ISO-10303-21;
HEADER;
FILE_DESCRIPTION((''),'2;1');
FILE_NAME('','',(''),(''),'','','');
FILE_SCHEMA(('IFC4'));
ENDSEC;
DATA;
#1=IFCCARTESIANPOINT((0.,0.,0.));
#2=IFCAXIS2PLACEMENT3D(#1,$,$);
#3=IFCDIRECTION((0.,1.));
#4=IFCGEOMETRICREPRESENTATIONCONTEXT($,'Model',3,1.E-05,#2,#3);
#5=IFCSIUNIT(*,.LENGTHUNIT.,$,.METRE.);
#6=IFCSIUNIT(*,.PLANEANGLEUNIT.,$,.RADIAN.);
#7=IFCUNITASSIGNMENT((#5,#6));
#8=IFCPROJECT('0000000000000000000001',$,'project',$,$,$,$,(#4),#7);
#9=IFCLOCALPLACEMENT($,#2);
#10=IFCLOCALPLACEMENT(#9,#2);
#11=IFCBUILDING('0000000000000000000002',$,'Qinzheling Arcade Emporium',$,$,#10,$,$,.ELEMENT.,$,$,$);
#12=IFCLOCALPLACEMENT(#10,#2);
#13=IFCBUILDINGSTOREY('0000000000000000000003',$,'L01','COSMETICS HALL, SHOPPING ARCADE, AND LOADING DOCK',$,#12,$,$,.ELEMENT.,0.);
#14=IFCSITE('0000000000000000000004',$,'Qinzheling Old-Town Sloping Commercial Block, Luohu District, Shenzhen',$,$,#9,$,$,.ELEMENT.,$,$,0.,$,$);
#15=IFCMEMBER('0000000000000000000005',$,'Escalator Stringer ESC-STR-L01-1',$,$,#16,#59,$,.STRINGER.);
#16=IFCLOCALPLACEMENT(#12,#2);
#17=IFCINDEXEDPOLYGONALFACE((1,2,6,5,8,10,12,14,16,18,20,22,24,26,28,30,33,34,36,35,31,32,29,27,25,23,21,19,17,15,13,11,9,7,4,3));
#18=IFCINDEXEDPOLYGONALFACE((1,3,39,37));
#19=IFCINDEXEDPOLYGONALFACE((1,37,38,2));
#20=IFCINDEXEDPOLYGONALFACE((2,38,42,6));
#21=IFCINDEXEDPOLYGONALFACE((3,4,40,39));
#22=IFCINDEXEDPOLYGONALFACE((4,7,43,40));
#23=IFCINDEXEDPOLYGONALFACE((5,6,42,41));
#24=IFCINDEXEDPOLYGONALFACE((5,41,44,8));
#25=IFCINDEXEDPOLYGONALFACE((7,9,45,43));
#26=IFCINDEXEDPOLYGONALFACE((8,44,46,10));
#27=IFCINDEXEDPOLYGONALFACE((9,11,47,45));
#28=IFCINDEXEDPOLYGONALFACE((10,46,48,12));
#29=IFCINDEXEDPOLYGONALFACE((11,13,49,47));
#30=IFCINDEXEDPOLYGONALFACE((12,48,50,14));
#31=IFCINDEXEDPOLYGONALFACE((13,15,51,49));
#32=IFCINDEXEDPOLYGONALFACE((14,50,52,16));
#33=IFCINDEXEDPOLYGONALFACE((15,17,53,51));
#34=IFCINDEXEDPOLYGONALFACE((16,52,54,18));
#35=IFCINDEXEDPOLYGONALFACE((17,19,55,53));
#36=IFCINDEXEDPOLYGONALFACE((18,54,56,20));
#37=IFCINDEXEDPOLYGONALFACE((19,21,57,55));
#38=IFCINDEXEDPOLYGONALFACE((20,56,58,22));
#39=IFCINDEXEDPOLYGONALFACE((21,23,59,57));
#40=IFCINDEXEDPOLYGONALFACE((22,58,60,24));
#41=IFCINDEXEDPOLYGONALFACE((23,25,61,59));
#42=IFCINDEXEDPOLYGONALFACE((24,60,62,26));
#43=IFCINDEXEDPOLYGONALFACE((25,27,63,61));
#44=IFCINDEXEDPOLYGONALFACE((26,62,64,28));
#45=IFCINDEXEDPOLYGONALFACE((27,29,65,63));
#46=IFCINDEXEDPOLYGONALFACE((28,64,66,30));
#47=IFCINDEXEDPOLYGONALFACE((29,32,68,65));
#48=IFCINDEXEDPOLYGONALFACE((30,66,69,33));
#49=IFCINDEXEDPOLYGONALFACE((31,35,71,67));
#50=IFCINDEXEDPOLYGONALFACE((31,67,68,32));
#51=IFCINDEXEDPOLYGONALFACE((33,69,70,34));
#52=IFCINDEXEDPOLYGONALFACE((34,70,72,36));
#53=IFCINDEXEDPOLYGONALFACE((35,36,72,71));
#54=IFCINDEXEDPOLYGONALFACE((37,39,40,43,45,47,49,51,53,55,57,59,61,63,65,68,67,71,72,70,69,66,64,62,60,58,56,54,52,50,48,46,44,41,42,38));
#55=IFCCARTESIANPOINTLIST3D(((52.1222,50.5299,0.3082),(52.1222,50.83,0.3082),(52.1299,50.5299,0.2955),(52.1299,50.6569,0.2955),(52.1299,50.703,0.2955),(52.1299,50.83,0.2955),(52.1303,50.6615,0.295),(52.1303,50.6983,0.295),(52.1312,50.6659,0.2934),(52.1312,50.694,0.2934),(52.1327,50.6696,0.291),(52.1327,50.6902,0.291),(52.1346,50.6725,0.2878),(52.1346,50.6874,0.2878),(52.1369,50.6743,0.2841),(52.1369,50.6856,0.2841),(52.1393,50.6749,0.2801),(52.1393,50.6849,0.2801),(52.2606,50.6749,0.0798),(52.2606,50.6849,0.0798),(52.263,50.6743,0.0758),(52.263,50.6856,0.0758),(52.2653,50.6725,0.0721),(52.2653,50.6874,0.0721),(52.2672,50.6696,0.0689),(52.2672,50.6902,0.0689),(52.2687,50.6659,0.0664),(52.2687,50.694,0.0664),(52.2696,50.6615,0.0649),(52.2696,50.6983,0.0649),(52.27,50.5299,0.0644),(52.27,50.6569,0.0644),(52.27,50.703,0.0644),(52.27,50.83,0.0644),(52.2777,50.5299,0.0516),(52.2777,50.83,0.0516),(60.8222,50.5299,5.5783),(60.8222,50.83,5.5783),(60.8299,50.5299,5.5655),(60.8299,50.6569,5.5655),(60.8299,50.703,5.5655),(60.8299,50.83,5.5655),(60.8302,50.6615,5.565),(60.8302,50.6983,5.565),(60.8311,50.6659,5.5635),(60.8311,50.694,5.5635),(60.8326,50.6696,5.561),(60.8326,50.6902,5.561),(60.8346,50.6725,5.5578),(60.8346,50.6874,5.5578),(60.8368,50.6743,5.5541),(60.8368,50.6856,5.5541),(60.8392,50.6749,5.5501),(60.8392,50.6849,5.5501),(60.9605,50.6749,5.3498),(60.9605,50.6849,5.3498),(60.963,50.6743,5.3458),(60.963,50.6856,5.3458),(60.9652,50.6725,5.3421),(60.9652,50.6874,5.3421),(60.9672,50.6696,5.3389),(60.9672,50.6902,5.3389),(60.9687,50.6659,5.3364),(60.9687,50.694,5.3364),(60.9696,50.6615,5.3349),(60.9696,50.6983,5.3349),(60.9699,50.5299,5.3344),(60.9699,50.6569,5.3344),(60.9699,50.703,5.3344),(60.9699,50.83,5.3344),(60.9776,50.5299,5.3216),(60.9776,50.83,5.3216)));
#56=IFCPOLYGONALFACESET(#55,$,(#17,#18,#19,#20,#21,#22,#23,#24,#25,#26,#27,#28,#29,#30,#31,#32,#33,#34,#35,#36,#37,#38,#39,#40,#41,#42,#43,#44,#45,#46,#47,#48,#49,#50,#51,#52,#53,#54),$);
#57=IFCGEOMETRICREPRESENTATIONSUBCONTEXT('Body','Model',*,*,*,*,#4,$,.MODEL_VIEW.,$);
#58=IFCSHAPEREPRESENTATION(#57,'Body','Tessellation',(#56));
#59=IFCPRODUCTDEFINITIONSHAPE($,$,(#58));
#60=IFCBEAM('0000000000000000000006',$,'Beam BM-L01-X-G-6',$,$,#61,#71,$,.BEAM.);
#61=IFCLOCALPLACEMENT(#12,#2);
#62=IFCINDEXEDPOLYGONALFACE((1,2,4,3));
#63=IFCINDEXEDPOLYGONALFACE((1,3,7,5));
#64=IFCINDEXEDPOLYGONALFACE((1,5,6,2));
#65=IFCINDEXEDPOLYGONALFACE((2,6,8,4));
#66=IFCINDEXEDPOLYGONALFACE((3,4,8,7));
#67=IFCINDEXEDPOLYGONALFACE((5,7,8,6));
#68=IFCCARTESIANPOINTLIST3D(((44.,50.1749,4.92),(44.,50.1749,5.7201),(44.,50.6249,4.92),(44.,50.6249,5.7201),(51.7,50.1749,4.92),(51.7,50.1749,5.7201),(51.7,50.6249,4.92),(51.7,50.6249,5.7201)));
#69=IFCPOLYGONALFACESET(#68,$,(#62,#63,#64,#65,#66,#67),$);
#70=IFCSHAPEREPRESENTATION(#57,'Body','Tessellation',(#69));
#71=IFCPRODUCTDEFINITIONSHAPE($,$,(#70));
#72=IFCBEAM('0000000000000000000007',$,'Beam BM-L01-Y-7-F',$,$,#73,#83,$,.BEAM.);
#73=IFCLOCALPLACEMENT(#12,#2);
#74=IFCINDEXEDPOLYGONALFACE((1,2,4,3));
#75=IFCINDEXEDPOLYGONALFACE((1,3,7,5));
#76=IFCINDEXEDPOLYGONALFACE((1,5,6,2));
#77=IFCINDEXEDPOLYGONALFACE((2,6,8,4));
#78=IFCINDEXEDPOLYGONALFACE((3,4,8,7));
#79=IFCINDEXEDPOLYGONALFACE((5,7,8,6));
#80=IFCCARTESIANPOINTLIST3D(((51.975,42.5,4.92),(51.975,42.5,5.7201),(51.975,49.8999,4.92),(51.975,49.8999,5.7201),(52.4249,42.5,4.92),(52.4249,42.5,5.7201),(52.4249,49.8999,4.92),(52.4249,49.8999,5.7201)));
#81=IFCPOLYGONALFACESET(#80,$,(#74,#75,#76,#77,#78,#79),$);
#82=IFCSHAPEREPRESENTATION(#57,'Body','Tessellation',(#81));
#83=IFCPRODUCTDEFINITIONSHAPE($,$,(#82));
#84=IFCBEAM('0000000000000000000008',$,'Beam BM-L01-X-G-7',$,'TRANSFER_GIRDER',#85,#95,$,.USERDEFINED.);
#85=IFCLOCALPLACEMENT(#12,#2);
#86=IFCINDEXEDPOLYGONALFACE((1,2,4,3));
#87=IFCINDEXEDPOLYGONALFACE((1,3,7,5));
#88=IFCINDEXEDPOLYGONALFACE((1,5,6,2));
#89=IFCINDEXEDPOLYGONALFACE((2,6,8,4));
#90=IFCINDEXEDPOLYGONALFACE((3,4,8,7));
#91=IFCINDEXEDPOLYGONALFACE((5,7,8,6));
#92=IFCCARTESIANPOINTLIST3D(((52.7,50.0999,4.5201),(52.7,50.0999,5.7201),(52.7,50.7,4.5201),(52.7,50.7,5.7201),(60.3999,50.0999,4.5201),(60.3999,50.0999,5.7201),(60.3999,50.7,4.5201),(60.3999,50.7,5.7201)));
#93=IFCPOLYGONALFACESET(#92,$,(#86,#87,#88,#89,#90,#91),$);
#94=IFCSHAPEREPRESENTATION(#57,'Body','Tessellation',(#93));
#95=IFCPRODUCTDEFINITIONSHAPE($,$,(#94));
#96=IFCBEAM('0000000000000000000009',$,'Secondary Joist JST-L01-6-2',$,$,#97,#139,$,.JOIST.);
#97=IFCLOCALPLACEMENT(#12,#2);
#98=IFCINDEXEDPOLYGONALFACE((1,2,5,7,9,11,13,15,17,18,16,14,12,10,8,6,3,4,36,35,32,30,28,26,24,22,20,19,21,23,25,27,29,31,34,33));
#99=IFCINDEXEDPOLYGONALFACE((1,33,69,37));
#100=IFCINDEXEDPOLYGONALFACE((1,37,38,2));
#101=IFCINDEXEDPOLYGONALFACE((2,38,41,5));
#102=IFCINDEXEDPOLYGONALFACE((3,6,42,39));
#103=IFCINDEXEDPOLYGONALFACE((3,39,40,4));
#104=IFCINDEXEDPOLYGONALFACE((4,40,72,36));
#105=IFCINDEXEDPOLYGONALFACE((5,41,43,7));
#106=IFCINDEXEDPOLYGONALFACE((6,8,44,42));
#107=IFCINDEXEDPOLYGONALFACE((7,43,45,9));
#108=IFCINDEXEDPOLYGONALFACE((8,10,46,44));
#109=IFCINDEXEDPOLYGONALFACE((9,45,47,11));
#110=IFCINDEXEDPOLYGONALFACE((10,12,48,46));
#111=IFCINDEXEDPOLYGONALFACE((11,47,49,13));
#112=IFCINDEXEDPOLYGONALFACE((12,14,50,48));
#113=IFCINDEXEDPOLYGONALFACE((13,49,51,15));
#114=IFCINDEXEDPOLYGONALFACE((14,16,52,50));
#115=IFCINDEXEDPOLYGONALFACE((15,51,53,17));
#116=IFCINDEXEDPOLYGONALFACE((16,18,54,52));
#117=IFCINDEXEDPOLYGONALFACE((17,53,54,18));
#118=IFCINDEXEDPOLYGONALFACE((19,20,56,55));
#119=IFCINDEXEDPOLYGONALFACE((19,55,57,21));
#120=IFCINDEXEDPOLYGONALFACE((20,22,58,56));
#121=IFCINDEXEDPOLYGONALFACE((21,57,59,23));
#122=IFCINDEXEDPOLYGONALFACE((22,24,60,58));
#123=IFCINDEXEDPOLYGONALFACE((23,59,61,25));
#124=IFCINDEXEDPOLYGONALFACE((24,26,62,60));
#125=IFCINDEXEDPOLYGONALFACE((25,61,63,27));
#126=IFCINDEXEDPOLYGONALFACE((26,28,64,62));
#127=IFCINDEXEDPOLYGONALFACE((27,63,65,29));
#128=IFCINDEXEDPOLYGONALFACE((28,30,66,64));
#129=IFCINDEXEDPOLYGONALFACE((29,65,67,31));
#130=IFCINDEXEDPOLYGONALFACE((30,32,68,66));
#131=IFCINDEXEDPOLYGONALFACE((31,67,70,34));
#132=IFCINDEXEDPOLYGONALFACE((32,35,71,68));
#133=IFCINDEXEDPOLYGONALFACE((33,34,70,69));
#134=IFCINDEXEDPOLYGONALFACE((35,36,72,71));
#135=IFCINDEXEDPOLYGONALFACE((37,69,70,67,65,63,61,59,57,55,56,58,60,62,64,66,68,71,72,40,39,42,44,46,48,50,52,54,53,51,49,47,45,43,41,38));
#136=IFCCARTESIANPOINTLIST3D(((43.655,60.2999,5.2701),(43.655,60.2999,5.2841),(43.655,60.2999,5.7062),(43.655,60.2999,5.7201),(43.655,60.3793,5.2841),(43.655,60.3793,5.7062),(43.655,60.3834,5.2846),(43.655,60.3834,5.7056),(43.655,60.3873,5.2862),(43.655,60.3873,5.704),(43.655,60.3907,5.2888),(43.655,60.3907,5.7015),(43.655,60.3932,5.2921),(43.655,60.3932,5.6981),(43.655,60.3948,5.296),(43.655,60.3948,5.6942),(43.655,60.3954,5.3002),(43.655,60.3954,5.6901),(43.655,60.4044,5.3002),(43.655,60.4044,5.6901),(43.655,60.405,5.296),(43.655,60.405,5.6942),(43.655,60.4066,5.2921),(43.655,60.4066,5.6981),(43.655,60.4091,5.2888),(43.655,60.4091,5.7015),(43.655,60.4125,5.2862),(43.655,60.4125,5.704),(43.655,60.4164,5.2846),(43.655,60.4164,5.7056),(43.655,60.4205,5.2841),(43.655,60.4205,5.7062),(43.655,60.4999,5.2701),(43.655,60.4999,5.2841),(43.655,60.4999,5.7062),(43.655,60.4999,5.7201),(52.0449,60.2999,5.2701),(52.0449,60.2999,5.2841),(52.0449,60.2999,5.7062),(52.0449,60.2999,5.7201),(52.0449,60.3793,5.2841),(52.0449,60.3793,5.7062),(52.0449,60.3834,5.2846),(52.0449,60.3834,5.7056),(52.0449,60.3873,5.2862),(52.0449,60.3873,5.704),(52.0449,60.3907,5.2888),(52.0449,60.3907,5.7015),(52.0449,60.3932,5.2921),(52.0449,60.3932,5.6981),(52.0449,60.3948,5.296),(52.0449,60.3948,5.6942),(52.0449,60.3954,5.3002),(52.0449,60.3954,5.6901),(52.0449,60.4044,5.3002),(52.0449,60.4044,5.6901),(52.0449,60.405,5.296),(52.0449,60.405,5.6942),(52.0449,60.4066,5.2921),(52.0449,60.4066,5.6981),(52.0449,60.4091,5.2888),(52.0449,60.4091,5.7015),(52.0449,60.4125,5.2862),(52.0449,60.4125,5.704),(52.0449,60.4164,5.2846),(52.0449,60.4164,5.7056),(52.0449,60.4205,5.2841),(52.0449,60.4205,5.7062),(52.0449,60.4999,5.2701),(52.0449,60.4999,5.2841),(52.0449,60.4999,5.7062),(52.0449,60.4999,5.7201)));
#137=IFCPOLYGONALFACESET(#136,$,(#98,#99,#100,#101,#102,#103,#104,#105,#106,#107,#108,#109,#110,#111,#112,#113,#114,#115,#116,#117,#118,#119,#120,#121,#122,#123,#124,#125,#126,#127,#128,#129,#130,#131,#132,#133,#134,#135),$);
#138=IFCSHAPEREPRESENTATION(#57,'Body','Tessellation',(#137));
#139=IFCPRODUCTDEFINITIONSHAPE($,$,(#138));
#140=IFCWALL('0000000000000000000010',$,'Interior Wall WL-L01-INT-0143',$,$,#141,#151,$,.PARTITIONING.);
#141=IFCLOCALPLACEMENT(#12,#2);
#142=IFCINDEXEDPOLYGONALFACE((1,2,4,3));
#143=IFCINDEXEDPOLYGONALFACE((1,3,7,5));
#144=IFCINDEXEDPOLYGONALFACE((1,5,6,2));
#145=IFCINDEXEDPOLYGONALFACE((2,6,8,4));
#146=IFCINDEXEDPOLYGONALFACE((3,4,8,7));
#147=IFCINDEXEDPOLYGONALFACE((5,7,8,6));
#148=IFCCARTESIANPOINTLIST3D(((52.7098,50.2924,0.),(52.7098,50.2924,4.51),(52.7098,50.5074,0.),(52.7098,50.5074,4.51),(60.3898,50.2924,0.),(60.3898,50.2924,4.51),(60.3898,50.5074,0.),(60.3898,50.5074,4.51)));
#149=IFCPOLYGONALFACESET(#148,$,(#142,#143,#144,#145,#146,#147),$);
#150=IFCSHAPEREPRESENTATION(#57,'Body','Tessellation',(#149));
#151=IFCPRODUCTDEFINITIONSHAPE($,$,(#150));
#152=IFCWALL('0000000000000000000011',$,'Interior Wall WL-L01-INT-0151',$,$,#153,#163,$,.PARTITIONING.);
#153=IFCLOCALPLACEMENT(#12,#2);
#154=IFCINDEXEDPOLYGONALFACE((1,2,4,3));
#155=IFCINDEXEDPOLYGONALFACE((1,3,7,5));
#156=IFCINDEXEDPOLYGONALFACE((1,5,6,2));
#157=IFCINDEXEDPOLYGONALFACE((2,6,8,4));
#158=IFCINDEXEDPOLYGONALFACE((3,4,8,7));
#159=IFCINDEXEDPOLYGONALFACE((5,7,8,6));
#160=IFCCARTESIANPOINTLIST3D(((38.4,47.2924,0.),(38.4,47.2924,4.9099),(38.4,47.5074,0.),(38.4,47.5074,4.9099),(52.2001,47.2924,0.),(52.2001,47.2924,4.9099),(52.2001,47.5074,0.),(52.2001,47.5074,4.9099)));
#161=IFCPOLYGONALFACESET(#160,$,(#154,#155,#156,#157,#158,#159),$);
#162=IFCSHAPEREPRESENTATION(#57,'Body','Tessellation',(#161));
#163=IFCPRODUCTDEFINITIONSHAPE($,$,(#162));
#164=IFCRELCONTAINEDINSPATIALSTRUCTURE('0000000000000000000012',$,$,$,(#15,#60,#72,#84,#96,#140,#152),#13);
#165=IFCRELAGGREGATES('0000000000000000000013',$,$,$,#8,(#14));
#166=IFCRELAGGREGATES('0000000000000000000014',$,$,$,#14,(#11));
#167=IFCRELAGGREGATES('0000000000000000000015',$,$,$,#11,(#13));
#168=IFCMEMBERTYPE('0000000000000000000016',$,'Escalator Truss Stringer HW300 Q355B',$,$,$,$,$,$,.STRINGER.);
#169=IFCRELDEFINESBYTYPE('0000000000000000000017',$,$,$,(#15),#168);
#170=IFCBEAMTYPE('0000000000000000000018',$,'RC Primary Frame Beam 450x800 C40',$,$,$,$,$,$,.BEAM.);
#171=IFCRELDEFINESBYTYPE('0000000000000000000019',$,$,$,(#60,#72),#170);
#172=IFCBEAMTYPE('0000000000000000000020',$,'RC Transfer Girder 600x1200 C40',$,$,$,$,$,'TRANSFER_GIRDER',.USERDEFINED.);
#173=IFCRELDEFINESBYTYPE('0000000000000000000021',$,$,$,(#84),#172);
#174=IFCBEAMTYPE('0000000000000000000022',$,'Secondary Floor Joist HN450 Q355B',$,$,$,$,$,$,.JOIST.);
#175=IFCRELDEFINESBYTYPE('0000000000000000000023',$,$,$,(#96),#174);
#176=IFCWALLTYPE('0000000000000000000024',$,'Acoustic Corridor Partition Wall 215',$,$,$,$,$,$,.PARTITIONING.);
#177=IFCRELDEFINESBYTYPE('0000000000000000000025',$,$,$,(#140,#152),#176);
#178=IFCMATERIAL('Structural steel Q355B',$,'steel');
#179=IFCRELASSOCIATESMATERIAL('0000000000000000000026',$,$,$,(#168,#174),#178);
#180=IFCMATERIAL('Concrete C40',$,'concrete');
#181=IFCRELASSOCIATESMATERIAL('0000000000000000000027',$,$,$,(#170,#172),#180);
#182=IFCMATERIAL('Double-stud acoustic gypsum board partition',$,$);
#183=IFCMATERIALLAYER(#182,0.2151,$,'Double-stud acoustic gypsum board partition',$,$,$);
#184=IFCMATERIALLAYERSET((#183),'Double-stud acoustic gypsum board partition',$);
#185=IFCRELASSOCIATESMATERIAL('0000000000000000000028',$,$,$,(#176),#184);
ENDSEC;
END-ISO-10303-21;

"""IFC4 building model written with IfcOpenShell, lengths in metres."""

from ifc_helpers import new_model, si_unit, direction, frame, frame_2d, origin, origin_2d, place, context, subcontext, project, spatial, rectangle, i_section, extrude, material, layer, layer_set, material_profile, profile_set, type_object, element, save


model = new_model("IFC4")

# Units and contexts
model_context = context("Model", 3, precision=1e-05, world=origin(), true_north=direction((0.0, 1.0)))
body_context = subcontext(model_context, "Body", "Model", "MODEL_VIEW")
ifc_project = project(units=[si_unit("LENGTHUNIT", "METRE"), si_unit("PLANEANGLEUNIT", "RADIAN")], contexts=[model_context])

# Site, building, storey
site_placement = place(None, origin())
site = spatial("IfcSite", under=ifc_project, at=site_placement, Name="Qinzheling Old-Town Sloping Commercial Block, Luohu District, Shenzhen", CompositionType="ELEMENT", RefElevation=0.0)
building_placement = place(site_placement, origin())
building = spatial("IfcBuilding", under=site, at=building_placement, Name="Qinzheling Arcade Emporium", CompositionType="ELEMENT")
storey_placement = place(building_placement, origin())
storey = spatial("IfcBuildingStorey", under=building, at=storey_placement, Name="L01", Description="COSMETICS HALL, SHOPPING ARCADE, AND LOADING DOCK", CompositionType="ELEMENT", Elevation=0.0)

# Shared definitions
ifc_material_1 = material(Name="Structural steel Q355B", Category="steel")

# Member
ifc_material_profile_1 = material_profile(ifc_material_1, i_section(OverallWidth=0.3, OverallDepth=0.3, WebThickness=0.01, FlangeThickness=0.0149, FilletRadius=0.0181, at=origin_2d()), Name="HW 300x300x10x15", Category="steel")
ifc_profile_set_1 = profile_set([ifc_material_profile_1], Name="Structural steel Q355B")
member_type = type_object("IfcMemberType", Name="Escalator Truss Stringer HW300 Q355B", PredefinedType="STRINGER", material=ifc_profile_set_1)
member_placement = place(storey_placement, frame((52.2, 50.6799, 0.1799), z_axis=(0.855315, 0.0, 0.518109), x_axis=(0.0, 1.0, 0.0)))
element("IfcMember", 1, at=member_placement, inside=storey, type_object=member_type, Name="Escalator Stringer ESC-STR-L01-1", PredefinedType="STRINGER", context=body_context, shape_type="SweptSolid", body=[
    extrude(i_section(OverallWidth=0.3, OverallDepth=0.3, WebThickness=0.01, FlangeThickness=0.0149, FilletRadius=0.0181, at=origin_2d()), origin(), (0.0, 0.0, 1.0), 10.1716),
])

# Beams
ifc_material_2 = material(Name="Concrete C40", Category="concrete")
ifc_material_profile_2 = material_profile(ifc_material_2, rectangle(XDim=0.45, YDim=0.8, at=origin_2d()), Name="RC 450x800", Category="concrete")
ifc_profile_set_2 = profile_set([ifc_material_profile_2], Name="Concrete C40")
beam_type_1 = type_object("IfcBeamType", Name="RC Primary Frame Beam 450x800 C40", PredefinedType="BEAM", material=ifc_profile_set_2)
beam_1_placement = place(storey_placement, frame((44.0, 50.3999, 5.3201), z_axis=(1.0, 0.0, 0.0), x_axis=(0.0, 1.0, 0.0)))
element("IfcBeam", 2, at=beam_1_placement, inside=storey, type_object=beam_type_1, Name="Beam BM-L01-X-G-6", PredefinedType="BEAM", context=body_context, shape_type="SweptSolid", body=[
    extrude(rectangle(XDim=0.45, YDim=0.8, at=origin_2d()), origin(), (0.0, 0.0, 1.0), 7.7),
])
beam_2_placement = place(storey_placement, frame((52.2, 42.5, 5.3201), z_axis=(0.0, 1.0, 0.0), x_axis=(-1.0, 0.0, 0.0)))
element("IfcBeam", 3, at=beam_2_placement, inside=storey, type_object=beam_type_1, Name="Beam BM-L01-Y-7-F", PredefinedType="BEAM", context=body_context, shape_type="SweptSolid", body=[
    extrude(rectangle(XDim=0.45, YDim=0.8, at=origin_2d()), origin(), (0.0, 0.0, 1.0), 7.3999),
])
ifc_material_profile_3 = material_profile(ifc_material_2, rectangle(XDim=0.6001, YDim=1.2, at=origin_2d()), Name="RC 600x1200", Category="concrete")
ifc_profile_set_3 = profile_set([ifc_material_profile_3], Name="Concrete C40")
beam_type_2 = type_object("IfcBeamType", Name="RC Transfer Girder 600x1200 C40", ElementType="TRANSFER_GIRDER", PredefinedType="USERDEFINED", material=ifc_profile_set_3)
beam_3_placement = place(storey_placement, frame((52.7, 50.3999, 5.1201), z_axis=(1.0, 0.0, 0.0), x_axis=(0.0, 1.0, 0.0)))
element("IfcBeam", 4, at=beam_3_placement, inside=storey, type_object=beam_type_2, Name="Beam BM-L01-X-G-7", ObjectType="TRANSFER_GIRDER", PredefinedType="USERDEFINED", context=body_context, shape_type="SweptSolid", body=[
    extrude(rectangle(XDim=0.6001, YDim=1.2, at=origin_2d()), origin(), (0.0, 0.0, 1.0), 7.7),
])
ifc_material_profile_4 = material_profile(ifc_material_1, i_section(OverallWidth=0.2, OverallDepth=0.45, WebThickness=0.009, FlangeThickness=0.0139, FilletRadius=0.0161, at=origin_2d()), Name="HN 450x200x9x14", Category="steel")
ifc_profile_set_4 = profile_set([ifc_material_profile_4], Name="Structural steel Q355B")
beam_type_3 = type_object("IfcBeamType", Name="Secondary Floor Joist HN450 Q355B", PredefinedType="JOIST", material=ifc_profile_set_4)
beam_4_placement = place(storey_placement, frame((43.655, 60.3999, 5.4951), z_axis=(1.0, 0.0, 0.0), x_axis=(0.0, 1.0, 0.0)))
element("IfcBeam", 5, at=beam_4_placement, inside=storey, type_object=beam_type_3, Name="Secondary Joist JST-L01-6-2", PredefinedType="JOIST", context=body_context, shape_type="SweptSolid", body=[
    extrude(i_section(OverallWidth=0.2, OverallDepth=0.45, WebThickness=0.009, FlangeThickness=0.0139, FilletRadius=0.0161, at=origin_2d()), origin(), (0.0, 0.0, 1.0), 8.3899),
])

# Walls
ifc_material_3 = material(Name="Double-stud acoustic gypsum board partition")
ifc_layer_1 = layer(ifc_material_3, 0.2151, Name="Double-stud acoustic gypsum board partition")
ifc_layer_set_1 = layer_set([ifc_layer_1], Name="Double-stud acoustic gypsum board partition")
wall_type_1 = type_object("IfcWallType", Name="Acoustic Corridor Partition Wall 215", PredefinedType="PARTITIONING", material=ifc_layer_set_1)
wall_1_placement = place(storey_placement, frame((52.71, 50.3999, 0.0), z_axis=(0.0, 0.0, 1.0), x_axis=(1.0, 0.0, 0.0)))
element("IfcWall", 6, at=wall_1_placement, inside=storey, type_object=wall_type_1, Name="Interior Wall WL-L01-INT-0143", PredefinedType="PARTITIONING", context=body_context, shape_type="SweptSolid", body=[
    extrude(rectangle(XDim=7.6799, YDim=0.2151, at=frame_2d((3.8398, 0.0))), origin(), (0.0, 0.0, 1.0), 4.51),
])
wall_2_placement = place(storey_placement, frame((52.2, 47.3999, 0.0), z_axis=(0.0, 0.0, 1.0), x_axis=(-1.0, 0.0, 0.0)))
element("IfcWall", 7, at=wall_2_placement, inside=storey, type_object=wall_type_1, Name="Interior Wall WL-L01-INT-0151", PredefinedType="PARTITIONING", context=body_context, shape_type="SweptSolid", body=[
    extrude(rectangle(XDim=13.8, YDim=0.2151, at=frame_2d((6.8999, 0.0))), origin(), (0.0, 0.0, 1.0), 4.9099),
])

save(model, "model.ifc")
